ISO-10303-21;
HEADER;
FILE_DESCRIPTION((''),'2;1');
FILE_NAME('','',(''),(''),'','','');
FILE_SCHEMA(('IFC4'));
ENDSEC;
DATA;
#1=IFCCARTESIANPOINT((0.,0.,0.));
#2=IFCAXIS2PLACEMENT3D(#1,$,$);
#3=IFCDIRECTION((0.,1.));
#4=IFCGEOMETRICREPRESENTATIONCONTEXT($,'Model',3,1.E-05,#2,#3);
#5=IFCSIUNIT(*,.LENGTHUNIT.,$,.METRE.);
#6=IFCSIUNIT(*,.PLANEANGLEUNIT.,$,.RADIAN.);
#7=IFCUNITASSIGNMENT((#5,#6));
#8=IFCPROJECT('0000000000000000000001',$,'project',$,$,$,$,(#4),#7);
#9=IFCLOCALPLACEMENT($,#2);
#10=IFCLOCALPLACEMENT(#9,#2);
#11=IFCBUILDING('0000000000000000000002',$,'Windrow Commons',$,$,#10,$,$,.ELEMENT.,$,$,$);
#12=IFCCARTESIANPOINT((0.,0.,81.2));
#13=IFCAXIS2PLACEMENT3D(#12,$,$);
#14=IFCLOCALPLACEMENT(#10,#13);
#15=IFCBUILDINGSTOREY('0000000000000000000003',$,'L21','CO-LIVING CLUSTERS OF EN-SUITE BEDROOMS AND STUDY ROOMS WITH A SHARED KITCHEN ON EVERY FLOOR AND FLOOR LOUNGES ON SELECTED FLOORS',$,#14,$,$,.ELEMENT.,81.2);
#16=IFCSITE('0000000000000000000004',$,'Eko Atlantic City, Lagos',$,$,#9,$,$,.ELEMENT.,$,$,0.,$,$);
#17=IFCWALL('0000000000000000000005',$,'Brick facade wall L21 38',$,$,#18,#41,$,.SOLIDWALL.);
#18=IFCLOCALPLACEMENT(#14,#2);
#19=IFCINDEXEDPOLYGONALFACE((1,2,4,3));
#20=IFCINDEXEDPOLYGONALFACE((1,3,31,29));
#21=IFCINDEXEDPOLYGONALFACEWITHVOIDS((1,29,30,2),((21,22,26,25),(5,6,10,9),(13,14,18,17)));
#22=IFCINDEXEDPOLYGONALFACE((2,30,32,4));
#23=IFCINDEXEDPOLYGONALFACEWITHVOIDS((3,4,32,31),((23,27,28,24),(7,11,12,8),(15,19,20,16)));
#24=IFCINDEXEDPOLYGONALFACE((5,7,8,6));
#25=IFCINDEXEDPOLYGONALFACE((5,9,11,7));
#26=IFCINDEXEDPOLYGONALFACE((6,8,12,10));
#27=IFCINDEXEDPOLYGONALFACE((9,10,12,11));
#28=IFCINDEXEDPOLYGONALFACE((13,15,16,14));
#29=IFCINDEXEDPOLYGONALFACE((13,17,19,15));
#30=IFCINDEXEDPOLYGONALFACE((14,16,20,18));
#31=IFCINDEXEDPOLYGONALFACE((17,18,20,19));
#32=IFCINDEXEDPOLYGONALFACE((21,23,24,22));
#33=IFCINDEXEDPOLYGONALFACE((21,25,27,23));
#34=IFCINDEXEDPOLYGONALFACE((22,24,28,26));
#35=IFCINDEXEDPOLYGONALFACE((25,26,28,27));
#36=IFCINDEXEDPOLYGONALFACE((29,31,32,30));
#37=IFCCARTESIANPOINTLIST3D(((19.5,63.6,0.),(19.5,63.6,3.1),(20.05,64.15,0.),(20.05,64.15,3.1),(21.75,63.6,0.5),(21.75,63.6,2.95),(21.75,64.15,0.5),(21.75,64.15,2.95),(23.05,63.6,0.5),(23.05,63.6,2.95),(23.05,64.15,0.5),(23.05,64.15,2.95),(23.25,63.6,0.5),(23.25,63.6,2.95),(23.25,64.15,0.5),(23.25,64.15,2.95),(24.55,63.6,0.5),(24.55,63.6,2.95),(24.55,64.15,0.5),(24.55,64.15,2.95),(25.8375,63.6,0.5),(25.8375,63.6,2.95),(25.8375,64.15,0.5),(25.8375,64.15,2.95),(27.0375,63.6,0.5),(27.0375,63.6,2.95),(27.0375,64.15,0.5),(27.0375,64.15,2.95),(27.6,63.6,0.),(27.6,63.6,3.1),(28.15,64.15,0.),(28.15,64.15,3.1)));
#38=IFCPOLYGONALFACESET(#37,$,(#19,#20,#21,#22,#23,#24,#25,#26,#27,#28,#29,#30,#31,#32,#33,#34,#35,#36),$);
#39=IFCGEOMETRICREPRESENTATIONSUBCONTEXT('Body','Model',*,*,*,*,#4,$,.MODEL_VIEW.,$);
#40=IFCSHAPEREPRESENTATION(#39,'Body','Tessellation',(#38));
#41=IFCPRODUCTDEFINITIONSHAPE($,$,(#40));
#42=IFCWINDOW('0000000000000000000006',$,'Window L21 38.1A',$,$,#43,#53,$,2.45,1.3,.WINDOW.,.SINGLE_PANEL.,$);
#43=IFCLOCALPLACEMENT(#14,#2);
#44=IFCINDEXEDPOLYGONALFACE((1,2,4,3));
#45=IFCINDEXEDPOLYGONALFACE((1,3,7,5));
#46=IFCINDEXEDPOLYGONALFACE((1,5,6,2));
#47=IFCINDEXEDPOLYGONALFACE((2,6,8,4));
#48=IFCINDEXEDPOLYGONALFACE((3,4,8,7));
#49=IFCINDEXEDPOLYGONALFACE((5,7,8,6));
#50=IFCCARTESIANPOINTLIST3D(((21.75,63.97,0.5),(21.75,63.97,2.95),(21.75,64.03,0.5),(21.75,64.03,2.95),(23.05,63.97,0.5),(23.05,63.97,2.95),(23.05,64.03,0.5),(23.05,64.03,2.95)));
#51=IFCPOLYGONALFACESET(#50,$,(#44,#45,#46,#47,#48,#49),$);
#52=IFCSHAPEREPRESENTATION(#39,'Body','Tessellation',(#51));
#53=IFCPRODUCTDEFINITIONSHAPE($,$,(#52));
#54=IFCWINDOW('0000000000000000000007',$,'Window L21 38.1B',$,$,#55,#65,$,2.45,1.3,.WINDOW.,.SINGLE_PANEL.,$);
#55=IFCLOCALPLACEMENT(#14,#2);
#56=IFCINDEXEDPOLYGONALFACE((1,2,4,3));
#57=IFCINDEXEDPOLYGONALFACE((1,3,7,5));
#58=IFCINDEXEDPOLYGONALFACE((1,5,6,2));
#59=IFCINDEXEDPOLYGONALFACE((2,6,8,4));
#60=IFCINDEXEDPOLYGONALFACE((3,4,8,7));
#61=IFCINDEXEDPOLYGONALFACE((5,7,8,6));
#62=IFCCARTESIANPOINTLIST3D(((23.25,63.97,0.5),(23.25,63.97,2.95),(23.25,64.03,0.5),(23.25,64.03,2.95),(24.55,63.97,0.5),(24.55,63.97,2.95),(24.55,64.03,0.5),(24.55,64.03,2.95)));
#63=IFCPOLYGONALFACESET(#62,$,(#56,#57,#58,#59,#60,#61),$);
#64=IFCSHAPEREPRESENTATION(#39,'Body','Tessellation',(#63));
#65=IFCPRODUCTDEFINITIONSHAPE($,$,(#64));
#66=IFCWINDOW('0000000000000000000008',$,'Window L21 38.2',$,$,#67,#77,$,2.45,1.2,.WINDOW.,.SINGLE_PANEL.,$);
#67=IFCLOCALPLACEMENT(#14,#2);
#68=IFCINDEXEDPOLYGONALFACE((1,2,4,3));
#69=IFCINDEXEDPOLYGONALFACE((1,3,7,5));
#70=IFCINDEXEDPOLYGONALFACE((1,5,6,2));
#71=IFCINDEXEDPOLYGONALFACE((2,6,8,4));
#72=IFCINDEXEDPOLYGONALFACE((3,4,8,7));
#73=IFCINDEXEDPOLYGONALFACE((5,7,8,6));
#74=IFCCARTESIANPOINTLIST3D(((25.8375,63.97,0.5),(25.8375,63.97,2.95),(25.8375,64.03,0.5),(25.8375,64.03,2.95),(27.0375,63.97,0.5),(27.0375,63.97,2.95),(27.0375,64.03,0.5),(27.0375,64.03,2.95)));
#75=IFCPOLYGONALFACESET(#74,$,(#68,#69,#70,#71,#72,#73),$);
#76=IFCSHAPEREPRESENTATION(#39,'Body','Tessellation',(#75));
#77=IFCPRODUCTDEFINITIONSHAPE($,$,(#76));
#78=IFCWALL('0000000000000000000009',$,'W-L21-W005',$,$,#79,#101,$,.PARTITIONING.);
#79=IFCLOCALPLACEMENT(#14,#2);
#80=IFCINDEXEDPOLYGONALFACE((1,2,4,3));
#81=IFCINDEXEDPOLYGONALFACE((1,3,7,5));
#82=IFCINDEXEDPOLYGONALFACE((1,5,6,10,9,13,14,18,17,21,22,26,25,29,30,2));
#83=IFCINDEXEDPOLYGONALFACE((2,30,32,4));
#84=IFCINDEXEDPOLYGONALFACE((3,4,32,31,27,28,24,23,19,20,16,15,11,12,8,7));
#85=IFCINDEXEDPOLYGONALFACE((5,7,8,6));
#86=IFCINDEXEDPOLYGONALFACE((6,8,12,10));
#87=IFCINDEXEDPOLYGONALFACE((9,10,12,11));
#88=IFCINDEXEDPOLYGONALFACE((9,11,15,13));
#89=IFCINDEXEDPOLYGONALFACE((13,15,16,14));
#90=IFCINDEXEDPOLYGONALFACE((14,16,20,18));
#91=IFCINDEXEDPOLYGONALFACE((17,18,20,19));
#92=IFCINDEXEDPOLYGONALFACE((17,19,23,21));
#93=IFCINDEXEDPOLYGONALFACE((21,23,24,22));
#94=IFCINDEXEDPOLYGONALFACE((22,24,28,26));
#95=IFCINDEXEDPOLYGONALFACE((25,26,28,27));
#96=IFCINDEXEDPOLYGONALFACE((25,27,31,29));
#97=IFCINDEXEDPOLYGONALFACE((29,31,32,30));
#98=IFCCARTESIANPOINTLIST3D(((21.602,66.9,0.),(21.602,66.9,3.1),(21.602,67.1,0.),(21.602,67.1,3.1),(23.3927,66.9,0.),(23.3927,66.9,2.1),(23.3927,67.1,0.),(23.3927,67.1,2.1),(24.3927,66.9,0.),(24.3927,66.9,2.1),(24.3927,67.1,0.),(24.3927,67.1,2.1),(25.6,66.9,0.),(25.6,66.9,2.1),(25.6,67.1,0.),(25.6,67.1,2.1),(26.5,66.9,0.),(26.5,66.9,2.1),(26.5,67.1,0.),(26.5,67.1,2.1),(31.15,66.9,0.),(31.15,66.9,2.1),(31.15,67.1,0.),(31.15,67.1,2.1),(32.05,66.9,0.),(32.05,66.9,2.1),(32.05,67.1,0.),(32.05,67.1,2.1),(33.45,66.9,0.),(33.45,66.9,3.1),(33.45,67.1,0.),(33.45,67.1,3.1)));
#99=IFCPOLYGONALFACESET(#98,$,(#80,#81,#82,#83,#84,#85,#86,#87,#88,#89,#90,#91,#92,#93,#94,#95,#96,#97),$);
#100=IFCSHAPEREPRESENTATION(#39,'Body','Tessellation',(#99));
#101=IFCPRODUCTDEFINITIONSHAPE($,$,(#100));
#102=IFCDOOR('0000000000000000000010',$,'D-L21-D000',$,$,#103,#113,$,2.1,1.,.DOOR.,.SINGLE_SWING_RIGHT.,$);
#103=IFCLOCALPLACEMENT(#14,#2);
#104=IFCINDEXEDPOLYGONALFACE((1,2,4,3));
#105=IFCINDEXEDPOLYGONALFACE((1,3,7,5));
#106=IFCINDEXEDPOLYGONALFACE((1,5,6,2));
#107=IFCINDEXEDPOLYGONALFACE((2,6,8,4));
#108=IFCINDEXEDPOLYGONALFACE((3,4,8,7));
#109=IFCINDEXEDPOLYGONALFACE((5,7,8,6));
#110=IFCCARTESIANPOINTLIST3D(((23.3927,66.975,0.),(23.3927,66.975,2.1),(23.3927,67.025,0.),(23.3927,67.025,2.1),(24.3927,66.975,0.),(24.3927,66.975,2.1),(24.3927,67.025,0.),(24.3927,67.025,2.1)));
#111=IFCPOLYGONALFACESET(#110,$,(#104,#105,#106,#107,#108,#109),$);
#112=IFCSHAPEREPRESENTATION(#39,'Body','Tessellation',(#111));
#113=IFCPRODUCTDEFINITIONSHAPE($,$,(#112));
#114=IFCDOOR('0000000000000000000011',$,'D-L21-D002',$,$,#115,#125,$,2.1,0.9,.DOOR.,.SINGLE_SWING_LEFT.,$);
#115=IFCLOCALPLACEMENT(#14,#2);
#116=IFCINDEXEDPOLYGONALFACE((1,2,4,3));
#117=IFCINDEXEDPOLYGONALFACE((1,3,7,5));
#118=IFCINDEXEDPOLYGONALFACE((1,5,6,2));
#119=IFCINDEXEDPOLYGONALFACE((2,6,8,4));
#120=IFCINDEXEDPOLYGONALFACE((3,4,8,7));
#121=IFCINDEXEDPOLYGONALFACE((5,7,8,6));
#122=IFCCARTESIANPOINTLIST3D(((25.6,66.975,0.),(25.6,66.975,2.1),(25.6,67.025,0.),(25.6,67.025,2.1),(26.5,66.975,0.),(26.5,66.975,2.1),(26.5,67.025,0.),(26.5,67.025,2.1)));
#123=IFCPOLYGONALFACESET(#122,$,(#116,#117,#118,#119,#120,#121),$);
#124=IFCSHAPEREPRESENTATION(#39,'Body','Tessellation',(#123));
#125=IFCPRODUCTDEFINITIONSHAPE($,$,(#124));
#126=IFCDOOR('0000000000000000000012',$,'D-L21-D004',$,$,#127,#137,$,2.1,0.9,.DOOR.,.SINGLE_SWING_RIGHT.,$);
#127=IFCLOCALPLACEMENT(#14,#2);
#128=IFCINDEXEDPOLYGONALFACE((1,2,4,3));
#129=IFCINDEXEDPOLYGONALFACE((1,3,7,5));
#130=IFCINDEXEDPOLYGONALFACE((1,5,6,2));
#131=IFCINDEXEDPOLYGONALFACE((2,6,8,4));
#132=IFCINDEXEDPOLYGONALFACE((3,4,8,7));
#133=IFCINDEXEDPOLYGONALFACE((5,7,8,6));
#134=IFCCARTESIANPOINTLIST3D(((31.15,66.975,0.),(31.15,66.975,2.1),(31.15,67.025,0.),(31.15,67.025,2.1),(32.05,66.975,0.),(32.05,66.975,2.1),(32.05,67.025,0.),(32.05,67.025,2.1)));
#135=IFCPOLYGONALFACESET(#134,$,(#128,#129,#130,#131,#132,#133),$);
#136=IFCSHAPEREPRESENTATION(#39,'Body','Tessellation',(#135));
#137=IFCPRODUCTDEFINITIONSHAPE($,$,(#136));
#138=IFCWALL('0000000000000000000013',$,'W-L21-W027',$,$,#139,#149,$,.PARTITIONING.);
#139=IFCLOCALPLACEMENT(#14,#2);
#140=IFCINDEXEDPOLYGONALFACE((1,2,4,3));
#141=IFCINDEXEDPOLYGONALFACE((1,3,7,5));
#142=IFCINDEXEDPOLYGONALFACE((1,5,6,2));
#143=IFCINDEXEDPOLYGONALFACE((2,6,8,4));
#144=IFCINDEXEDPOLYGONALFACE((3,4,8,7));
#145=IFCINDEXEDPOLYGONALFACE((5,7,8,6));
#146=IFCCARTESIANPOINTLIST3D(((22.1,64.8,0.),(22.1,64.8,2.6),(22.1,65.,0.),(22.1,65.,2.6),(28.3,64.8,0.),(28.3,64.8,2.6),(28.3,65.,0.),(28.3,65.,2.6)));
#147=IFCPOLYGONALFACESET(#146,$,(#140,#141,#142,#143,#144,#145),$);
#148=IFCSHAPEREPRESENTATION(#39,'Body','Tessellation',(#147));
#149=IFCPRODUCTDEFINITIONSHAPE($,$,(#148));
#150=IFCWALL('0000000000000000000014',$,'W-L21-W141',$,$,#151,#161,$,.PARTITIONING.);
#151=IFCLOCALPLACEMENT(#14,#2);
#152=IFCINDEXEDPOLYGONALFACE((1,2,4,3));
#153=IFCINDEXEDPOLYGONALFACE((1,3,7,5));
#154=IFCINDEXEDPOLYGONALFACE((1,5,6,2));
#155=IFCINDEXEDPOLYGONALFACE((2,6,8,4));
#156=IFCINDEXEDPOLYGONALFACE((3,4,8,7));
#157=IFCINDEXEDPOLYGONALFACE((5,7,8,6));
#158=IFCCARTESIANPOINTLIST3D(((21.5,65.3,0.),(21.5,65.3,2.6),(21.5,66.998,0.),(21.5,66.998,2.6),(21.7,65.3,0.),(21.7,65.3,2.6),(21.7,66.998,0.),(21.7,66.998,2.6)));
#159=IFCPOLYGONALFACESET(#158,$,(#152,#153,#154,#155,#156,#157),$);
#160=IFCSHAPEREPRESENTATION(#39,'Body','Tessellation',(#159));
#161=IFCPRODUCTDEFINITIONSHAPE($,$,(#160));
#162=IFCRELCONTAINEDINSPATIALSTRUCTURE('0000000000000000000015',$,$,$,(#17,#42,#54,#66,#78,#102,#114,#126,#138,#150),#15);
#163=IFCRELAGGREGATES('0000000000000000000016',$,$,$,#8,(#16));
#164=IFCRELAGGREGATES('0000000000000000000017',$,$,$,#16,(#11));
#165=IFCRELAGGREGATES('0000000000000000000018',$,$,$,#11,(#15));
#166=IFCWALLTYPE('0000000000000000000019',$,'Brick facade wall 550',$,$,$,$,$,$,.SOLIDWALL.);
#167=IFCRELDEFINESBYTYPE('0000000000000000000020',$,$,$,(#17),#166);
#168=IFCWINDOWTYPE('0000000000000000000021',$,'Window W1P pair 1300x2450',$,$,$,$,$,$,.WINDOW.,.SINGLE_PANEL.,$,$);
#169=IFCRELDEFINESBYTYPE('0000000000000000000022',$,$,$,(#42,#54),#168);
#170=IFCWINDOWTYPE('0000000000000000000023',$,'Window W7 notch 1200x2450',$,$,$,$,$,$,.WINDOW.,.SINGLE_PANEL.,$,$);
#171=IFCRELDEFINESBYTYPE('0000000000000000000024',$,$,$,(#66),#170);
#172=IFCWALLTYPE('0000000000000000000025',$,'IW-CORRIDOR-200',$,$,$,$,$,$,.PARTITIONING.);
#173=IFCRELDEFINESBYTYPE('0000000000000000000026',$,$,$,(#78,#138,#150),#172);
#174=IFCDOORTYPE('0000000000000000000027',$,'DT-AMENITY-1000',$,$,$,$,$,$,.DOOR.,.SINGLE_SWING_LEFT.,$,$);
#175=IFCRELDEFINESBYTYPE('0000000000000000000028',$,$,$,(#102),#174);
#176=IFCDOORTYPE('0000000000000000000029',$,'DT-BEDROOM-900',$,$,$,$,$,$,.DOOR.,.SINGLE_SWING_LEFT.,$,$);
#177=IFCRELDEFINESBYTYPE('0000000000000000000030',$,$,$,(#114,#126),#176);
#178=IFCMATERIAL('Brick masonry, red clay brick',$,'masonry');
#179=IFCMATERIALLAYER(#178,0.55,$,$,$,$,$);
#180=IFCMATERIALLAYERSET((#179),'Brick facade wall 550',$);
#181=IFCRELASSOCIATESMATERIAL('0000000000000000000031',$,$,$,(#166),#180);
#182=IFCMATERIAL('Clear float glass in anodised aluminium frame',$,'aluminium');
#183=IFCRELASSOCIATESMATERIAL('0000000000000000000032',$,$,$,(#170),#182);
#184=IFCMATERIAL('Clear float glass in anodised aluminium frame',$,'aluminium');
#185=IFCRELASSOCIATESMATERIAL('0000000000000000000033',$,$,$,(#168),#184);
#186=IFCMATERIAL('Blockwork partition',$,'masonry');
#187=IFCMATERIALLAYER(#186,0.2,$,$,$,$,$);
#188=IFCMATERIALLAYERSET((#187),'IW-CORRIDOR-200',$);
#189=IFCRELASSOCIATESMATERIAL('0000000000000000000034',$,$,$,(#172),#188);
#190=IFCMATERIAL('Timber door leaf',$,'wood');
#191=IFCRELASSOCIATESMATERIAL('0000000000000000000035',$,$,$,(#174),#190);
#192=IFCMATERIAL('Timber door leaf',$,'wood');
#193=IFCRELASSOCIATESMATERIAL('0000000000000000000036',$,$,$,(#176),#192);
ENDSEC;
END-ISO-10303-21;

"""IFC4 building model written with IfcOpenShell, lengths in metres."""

from ifc_helpers import new_model, si_unit, direction, frame, frame_2d, origin, place, context, subcontext, project, spatial, polyline, rectangle, outline, extrude, material, layer, layer_set, type_object, element, fill, save


model = new_model("IFC4")

# Units and contexts
model_context = context("Model", 3, precision=1e-05, world=origin(), true_north=direction((0.0, 1.0)))
body_context = subcontext(model_context, "Body", "Model", "MODEL_VIEW")
ifc_project = project(units=[si_unit("LENGTHUNIT", "METRE"), si_unit("PLANEANGLEUNIT", "RADIAN")], contexts=[model_context])

# Site, building, storey
site_placement = place(None, origin())
site = spatial("IfcSite", under=ifc_project, at=site_placement, Name="Eko Atlantic City, Lagos", CompositionType="ELEMENT", RefElevation=0.0)
building_placement = place(site_placement, origin())
building = spatial("IfcBuilding", under=site, at=building_placement, Name="Windrow Commons", CompositionType="ELEMENT")
storey_placement = place(building_placement, frame((0.0, 0.0, 81.2)))
storey = spatial("IfcBuildingStorey", under=building, at=storey_placement, Name="L21", Description="CO-LIVING CLUSTERS OF EN-SUITE BEDROOMS AND STUDY ROOMS WITH A SHARED KITCHEN ON EVERY FLOOR AND FLOOR LOUNGES ON SELECTED FLOORS", CompositionType="ELEMENT", Elevation=81.2)

# Shared definitions
ifc_material_1 = material(Name="Brick masonry, red clay brick", Category="masonry")
ifc_layer_1 = layer(ifc_material_1, 0.55)
ifc_layer_set_1 = layer_set([ifc_layer_1], Name="Brick facade wall 550")
wall_type_1 = type_object("IfcWallType", Name="Brick facade wall 550", PredefinedType="SOLIDWALL", material=ifc_layer_set_1)
ifc_material_2 = material(Name="Clear float glass in anodised aluminium frame", Category="aluminium")
window_type_1 = type_object("IfcWindowType", Name="Window W7 notch 1200x2450", PartitioningType="SINGLE_PANEL", PredefinedType="WINDOW", material=ifc_material_2)

# Wall, openings, windows
ifc_material_3 = material(Name="Clear float glass in anodised aluminium frame", Category="aluminium")
window_type_2 = type_object("IfcWindowType", Name="Window W1P pair 1300x2450", PartitioningType="SINGLE_PANEL", PredefinedType="WINDOW", material=ifc_material_3)
wall_1_placement = place(storey_placement, frame((19.775, 63.875, 0.0), z_axis=(0.0, 0.0, 1.0), x_axis=(1.0, 0.0, 0.0)))
wall_1 = element("IfcWall", 1, at=wall_1_placement, inside=storey, type_object=wall_type_1, Name="Brick facade wall L21 38", PredefinedType="SOLIDWALL", context=body_context, shape_type="SweptSolid", body=[
    extrude(outline(polyline([(-0.275, -0.275), (7.825, -0.275), (8.375, 0.275), (0.275, 0.275), (-0.275, -0.275)])), origin(), (0.0, 0.0, 1.0), 3.1),
])
opening_1_placement = place(wall_1_placement, frame((1.975, 0.0, 0.5)))
opening_1 = element("IfcOpeningElement", 2, at=opening_1_placement, cuts=wall_1, PredefinedType="OPENING", context=body_context, shape_type="SweptSolid", body=[
    extrude(rectangle(XDim=1.3, YDim=2.45, at=frame_2d((0.65, 1.225))), frame((0.0, 0.285, 0.0), z_axis=(0.0, -1.0, 0.0), x_axis=(1.0, 0.0, 0.0)), (0.0, 0.0, 1.0), 0.57),
])
opening_2_placement = place(wall_1_placement, frame((3.475, 0.0, 0.5)))
opening_2 = element("IfcOpeningElement", 3, at=opening_2_placement, cuts=wall_1, PredefinedType="OPENING", context=body_context, shape_type="SweptSolid", body=[
    extrude(rectangle(XDim=1.3, YDim=2.45, at=frame_2d((0.65, 1.225))), frame((0.0, 0.285, 0.0), z_axis=(0.0, -1.0, 0.0), x_axis=(1.0, 0.0, 0.0)), (0.0, 0.0, 1.0), 0.57),
])
opening_3_placement = place(wall_1_placement, frame((6.0625, 0.0, 0.5)))
opening_3 = element("IfcOpeningElement", 4, at=opening_3_placement, cuts=wall_1, PredefinedType="OPENING", context=body_context, shape_type="SweptSolid", body=[
    extrude(rectangle(XDim=1.2, YDim=2.45, at=frame_2d((0.6, 1.225))), frame((0.0, 0.285, 0.0), z_axis=(0.0, -1.0, 0.0), x_axis=(1.0, 0.0, 0.0)), (0.0, 0.0, 1.0), 0.57),
])
window_1_placement = place(opening_1_placement, origin())
window_1 = element("IfcWindow", 5, at=window_1_placement, inside=storey, type_object=window_type_2, Name="Window L21 38.1A", OverallHeight=2.45, OverallWidth=1.3, PartitioningType="SINGLE_PANEL", PredefinedType="WINDOW", context=body_context, shape_type="SweptSolid", body=[
    extrude(rectangle(XDim=1.3, YDim=2.45, at=frame_2d((0.65, 1.225))), frame((0.0, 0.155, 0.0), z_axis=(0.0, -1.0, 0.0), x_axis=(1.0, 0.0, 0.0)), (0.0, 0.0, 1.0), 0.06),
])
fill(opening_1, window_1)
window_2_placement = place(opening_2_placement, origin())
window_2 = element("IfcWindow", 6, at=window_2_placement, inside=storey, type_object=window_type_2, Name="Window L21 38.1B", OverallHeight=2.45, OverallWidth=1.3, PartitioningType="SINGLE_PANEL", PredefinedType="WINDOW", context=body_context, shape_type="SweptSolid", body=[
    extrude(rectangle(XDim=1.3, YDim=2.45, at=frame_2d((0.65, 1.225))), frame((0.0, 0.155, 0.0), z_axis=(0.0, -1.0, 0.0), x_axis=(1.0, 0.0, 0.0)), (0.0, 0.0, 1.0), 0.06),
])
fill(opening_2, window_2)
window_3_placement = place(opening_3_placement, origin())
window_3 = element("IfcWindow", 7, at=window_3_placement, inside=storey, type_object=window_type_1, Name="Window L21 38.2", OverallHeight=2.45, OverallWidth=1.2, PartitioningType="SINGLE_PANEL", PredefinedType="WINDOW", context=body_context, shape_type="SweptSolid", body=[
    extrude(rectangle(XDim=1.2, YDim=2.45, at=frame_2d((0.6, 1.225))), frame((0.0, 0.155, 0.0), z_axis=(0.0, -1.0, 0.0), x_axis=(1.0, 0.0, 0.0)), (0.0, 0.0, 1.0), 0.06),
])
fill(opening_3, window_3)

# Wall, openings, doors
ifc_material_4 = material(Name="Blockwork partition", Category="masonry")
ifc_layer_2 = layer(ifc_material_4, 0.2)
ifc_layer_set_2 = layer_set([ifc_layer_2], Name="IW-CORRIDOR-200")
wall_type_2 = type_object("IfcWallType", Name="IW-CORRIDOR-200", PredefinedType="PARTITIONING", material=ifc_layer_set_2)
wall_2_placement = place(storey_placement, frame((21.602, 67.0, 0.0), z_axis=(0.0, 0.0, 1.0), x_axis=(1.0, 0.0, 0.0)))
wall_2 = element("IfcWall", 8, at=wall_2_placement, inside=storey, type_object=wall_type_2, Name="W-L21-W005", PredefinedType="PARTITIONING", context=body_context, shape_type="SweptSolid", body=[
    extrude(rectangle(XDim=11.848, YDim=0.2, at=frame_2d((5.924, 0.0))), origin(), (0.0, 0.0, 1.0), 3.1),
])
opening_4_placement = place(wall_2_placement, frame((1.7907, 0.0, 0.0)))
opening_4 = element("IfcOpeningElement", 9, at=opening_4_placement, cuts=wall_2, PredefinedType="OPENING", context=body_context, shape_type="SweptSolid", body=[
    extrude(rectangle(XDim=1.0, YDim=2.1, at=frame_2d((0.5, 1.05))), frame((0.0, 0.11, 0.0), z_axis=(0.0, -1.0, 0.0), x_axis=(1.0, 0.0, 0.0)), (0.0, 0.0, 1.0), 0.22),
])
opening_5_placement = place(wall_2_placement, frame((3.998, 0.0, 0.0)))
opening_5 = element("IfcOpeningElement", 10, at=opening_5_placement, cuts=wall_2, PredefinedType="OPENING", context=body_context, shape_type="SweptSolid", body=[
    extrude(rectangle(XDim=0.9, YDim=2.1, at=frame_2d((0.45, 1.05))), frame((0.0, 0.11, 0.0), z_axis=(0.0, -1.0, 0.0), x_axis=(1.0, 0.0, 0.0)), (0.0, 0.0, 1.0), 0.22),
])
opening_6_placement = place(wall_2_placement, frame((9.548, 0.0, 0.0)))
opening_6 = element("IfcOpeningElement", 11, at=opening_6_placement, cuts=wall_2, PredefinedType="OPENING", context=body_context, shape_type="SweptSolid", body=[
    extrude(rectangle(XDim=0.9, YDim=2.1, at=frame_2d((0.45, 1.05))), frame((0.0, 0.11, 0.0), z_axis=(0.0, -1.0, 0.0), x_axis=(1.0, 0.0, 0.0)), (0.0, 0.0, 1.0), 0.22),
])
ifc_material_5 = material(Name="Timber door leaf", Category="wood")
door_type_1 = type_object("IfcDoorType", Name="DT-AMENITY-1000", OperationType="SINGLE_SWING_LEFT", PredefinedType="DOOR", material=ifc_material_5)
door_1_placement = place(opening_4_placement, origin())
door_1 = element("IfcDoor", 12, at=door_1_placement, inside=storey, type_object=door_type_1, Name="D-L21-D000", OperationType="SINGLE_SWING_RIGHT", OverallHeight=2.1, OverallWidth=1.0, PredefinedType="DOOR", context=body_context, shape_type="SweptSolid", body=[
    extrude(rectangle(XDim=1.0, YDim=2.1, at=frame_2d((0.5, 1.05))), frame((0.0, 0.025, 0.0), z_axis=(0.0, -1.0, 0.0), x_axis=(1.0, 0.0, 0.0)), (0.0, 0.0, 1.0), 0.05),
])
fill(opening_4, door_1)
ifc_material_6 = material(Name="Timber door leaf", Category="wood")
door_type_2 = type_object("IfcDoorType", Name="DT-BEDROOM-900", OperationType="SINGLE_SWING_LEFT", PredefinedType="DOOR", material=ifc_material_6)
door_2_placement = place(opening_5_placement, origin())
door_2 = element("IfcDoor", 13, at=door_2_placement, inside=storey, type_object=door_type_2, Name="D-L21-D002", OperationType="SINGLE_SWING_LEFT", OverallHeight=2.1, OverallWidth=0.9, PredefinedType="DOOR", context=body_context, shape_type="SweptSolid", body=[
    extrude(rectangle(XDim=0.9, YDim=2.1, at=frame_2d((0.45, 1.05))), frame((0.0, 0.025, 0.0), z_axis=(0.0, -1.0, 0.0), x_axis=(1.0, 0.0, 0.0)), (0.0, 0.0, 1.0), 0.05),
])
fill(opening_5, door_2)
door_3_placement = place(opening_6_placement, origin())
door_3 = element("IfcDoor", 14, at=door_3_placement, inside=storey, type_object=door_type_2, Name="D-L21-D004", OperationType="SINGLE_SWING_RIGHT", OverallHeight=2.1, OverallWidth=0.9, PredefinedType="DOOR", context=body_context, shape_type="SweptSolid", body=[
    extrude(rectangle(XDim=0.9, YDim=2.1, at=frame_2d((0.45, 1.05))), frame((0.0, 0.025, 0.0), z_axis=(0.0, -1.0, 0.0), x_axis=(1.0, 0.0, 0.0)), (0.0, 0.0, 1.0), 0.05),
])
fill(opening_6, door_3)

# Walls
wall_3_placement = place(storey_placement, frame((22.1, 64.9, 0.0), z_axis=(0.0, 0.0, 1.0), x_axis=(1.0, 0.0, 0.0)))
element("IfcWall", 15, at=wall_3_placement, inside=storey, type_object=wall_type_2, Name="W-L21-W027", PredefinedType="PARTITIONING", context=body_context, shape_type="SweptSolid", body=[
    extrude(rectangle(XDim=6.2, YDim=0.2, at=frame_2d((3.1, 0.0))), origin(), (0.0, 0.0, 1.0), 2.6),
])
wall_4_placement = place(storey_placement, frame((21.6, 65.3, 0.0), z_axis=(0.0, 0.0, 1.0), x_axis=(0.0, 1.0, 0.0)))
element("IfcWall", 16, at=wall_4_placement, inside=storey, type_object=wall_type_2, Name="W-L21-W141", PredefinedType="PARTITIONING", context=body_context, shape_type="SweptSolid", body=[
    extrude(rectangle(XDim=1.698, YDim=0.2, at=frame_2d((0.849, 0.0))), origin(), (0.0, 0.0, 1.0), 2.6),
])

save(model, "model.ifc")
